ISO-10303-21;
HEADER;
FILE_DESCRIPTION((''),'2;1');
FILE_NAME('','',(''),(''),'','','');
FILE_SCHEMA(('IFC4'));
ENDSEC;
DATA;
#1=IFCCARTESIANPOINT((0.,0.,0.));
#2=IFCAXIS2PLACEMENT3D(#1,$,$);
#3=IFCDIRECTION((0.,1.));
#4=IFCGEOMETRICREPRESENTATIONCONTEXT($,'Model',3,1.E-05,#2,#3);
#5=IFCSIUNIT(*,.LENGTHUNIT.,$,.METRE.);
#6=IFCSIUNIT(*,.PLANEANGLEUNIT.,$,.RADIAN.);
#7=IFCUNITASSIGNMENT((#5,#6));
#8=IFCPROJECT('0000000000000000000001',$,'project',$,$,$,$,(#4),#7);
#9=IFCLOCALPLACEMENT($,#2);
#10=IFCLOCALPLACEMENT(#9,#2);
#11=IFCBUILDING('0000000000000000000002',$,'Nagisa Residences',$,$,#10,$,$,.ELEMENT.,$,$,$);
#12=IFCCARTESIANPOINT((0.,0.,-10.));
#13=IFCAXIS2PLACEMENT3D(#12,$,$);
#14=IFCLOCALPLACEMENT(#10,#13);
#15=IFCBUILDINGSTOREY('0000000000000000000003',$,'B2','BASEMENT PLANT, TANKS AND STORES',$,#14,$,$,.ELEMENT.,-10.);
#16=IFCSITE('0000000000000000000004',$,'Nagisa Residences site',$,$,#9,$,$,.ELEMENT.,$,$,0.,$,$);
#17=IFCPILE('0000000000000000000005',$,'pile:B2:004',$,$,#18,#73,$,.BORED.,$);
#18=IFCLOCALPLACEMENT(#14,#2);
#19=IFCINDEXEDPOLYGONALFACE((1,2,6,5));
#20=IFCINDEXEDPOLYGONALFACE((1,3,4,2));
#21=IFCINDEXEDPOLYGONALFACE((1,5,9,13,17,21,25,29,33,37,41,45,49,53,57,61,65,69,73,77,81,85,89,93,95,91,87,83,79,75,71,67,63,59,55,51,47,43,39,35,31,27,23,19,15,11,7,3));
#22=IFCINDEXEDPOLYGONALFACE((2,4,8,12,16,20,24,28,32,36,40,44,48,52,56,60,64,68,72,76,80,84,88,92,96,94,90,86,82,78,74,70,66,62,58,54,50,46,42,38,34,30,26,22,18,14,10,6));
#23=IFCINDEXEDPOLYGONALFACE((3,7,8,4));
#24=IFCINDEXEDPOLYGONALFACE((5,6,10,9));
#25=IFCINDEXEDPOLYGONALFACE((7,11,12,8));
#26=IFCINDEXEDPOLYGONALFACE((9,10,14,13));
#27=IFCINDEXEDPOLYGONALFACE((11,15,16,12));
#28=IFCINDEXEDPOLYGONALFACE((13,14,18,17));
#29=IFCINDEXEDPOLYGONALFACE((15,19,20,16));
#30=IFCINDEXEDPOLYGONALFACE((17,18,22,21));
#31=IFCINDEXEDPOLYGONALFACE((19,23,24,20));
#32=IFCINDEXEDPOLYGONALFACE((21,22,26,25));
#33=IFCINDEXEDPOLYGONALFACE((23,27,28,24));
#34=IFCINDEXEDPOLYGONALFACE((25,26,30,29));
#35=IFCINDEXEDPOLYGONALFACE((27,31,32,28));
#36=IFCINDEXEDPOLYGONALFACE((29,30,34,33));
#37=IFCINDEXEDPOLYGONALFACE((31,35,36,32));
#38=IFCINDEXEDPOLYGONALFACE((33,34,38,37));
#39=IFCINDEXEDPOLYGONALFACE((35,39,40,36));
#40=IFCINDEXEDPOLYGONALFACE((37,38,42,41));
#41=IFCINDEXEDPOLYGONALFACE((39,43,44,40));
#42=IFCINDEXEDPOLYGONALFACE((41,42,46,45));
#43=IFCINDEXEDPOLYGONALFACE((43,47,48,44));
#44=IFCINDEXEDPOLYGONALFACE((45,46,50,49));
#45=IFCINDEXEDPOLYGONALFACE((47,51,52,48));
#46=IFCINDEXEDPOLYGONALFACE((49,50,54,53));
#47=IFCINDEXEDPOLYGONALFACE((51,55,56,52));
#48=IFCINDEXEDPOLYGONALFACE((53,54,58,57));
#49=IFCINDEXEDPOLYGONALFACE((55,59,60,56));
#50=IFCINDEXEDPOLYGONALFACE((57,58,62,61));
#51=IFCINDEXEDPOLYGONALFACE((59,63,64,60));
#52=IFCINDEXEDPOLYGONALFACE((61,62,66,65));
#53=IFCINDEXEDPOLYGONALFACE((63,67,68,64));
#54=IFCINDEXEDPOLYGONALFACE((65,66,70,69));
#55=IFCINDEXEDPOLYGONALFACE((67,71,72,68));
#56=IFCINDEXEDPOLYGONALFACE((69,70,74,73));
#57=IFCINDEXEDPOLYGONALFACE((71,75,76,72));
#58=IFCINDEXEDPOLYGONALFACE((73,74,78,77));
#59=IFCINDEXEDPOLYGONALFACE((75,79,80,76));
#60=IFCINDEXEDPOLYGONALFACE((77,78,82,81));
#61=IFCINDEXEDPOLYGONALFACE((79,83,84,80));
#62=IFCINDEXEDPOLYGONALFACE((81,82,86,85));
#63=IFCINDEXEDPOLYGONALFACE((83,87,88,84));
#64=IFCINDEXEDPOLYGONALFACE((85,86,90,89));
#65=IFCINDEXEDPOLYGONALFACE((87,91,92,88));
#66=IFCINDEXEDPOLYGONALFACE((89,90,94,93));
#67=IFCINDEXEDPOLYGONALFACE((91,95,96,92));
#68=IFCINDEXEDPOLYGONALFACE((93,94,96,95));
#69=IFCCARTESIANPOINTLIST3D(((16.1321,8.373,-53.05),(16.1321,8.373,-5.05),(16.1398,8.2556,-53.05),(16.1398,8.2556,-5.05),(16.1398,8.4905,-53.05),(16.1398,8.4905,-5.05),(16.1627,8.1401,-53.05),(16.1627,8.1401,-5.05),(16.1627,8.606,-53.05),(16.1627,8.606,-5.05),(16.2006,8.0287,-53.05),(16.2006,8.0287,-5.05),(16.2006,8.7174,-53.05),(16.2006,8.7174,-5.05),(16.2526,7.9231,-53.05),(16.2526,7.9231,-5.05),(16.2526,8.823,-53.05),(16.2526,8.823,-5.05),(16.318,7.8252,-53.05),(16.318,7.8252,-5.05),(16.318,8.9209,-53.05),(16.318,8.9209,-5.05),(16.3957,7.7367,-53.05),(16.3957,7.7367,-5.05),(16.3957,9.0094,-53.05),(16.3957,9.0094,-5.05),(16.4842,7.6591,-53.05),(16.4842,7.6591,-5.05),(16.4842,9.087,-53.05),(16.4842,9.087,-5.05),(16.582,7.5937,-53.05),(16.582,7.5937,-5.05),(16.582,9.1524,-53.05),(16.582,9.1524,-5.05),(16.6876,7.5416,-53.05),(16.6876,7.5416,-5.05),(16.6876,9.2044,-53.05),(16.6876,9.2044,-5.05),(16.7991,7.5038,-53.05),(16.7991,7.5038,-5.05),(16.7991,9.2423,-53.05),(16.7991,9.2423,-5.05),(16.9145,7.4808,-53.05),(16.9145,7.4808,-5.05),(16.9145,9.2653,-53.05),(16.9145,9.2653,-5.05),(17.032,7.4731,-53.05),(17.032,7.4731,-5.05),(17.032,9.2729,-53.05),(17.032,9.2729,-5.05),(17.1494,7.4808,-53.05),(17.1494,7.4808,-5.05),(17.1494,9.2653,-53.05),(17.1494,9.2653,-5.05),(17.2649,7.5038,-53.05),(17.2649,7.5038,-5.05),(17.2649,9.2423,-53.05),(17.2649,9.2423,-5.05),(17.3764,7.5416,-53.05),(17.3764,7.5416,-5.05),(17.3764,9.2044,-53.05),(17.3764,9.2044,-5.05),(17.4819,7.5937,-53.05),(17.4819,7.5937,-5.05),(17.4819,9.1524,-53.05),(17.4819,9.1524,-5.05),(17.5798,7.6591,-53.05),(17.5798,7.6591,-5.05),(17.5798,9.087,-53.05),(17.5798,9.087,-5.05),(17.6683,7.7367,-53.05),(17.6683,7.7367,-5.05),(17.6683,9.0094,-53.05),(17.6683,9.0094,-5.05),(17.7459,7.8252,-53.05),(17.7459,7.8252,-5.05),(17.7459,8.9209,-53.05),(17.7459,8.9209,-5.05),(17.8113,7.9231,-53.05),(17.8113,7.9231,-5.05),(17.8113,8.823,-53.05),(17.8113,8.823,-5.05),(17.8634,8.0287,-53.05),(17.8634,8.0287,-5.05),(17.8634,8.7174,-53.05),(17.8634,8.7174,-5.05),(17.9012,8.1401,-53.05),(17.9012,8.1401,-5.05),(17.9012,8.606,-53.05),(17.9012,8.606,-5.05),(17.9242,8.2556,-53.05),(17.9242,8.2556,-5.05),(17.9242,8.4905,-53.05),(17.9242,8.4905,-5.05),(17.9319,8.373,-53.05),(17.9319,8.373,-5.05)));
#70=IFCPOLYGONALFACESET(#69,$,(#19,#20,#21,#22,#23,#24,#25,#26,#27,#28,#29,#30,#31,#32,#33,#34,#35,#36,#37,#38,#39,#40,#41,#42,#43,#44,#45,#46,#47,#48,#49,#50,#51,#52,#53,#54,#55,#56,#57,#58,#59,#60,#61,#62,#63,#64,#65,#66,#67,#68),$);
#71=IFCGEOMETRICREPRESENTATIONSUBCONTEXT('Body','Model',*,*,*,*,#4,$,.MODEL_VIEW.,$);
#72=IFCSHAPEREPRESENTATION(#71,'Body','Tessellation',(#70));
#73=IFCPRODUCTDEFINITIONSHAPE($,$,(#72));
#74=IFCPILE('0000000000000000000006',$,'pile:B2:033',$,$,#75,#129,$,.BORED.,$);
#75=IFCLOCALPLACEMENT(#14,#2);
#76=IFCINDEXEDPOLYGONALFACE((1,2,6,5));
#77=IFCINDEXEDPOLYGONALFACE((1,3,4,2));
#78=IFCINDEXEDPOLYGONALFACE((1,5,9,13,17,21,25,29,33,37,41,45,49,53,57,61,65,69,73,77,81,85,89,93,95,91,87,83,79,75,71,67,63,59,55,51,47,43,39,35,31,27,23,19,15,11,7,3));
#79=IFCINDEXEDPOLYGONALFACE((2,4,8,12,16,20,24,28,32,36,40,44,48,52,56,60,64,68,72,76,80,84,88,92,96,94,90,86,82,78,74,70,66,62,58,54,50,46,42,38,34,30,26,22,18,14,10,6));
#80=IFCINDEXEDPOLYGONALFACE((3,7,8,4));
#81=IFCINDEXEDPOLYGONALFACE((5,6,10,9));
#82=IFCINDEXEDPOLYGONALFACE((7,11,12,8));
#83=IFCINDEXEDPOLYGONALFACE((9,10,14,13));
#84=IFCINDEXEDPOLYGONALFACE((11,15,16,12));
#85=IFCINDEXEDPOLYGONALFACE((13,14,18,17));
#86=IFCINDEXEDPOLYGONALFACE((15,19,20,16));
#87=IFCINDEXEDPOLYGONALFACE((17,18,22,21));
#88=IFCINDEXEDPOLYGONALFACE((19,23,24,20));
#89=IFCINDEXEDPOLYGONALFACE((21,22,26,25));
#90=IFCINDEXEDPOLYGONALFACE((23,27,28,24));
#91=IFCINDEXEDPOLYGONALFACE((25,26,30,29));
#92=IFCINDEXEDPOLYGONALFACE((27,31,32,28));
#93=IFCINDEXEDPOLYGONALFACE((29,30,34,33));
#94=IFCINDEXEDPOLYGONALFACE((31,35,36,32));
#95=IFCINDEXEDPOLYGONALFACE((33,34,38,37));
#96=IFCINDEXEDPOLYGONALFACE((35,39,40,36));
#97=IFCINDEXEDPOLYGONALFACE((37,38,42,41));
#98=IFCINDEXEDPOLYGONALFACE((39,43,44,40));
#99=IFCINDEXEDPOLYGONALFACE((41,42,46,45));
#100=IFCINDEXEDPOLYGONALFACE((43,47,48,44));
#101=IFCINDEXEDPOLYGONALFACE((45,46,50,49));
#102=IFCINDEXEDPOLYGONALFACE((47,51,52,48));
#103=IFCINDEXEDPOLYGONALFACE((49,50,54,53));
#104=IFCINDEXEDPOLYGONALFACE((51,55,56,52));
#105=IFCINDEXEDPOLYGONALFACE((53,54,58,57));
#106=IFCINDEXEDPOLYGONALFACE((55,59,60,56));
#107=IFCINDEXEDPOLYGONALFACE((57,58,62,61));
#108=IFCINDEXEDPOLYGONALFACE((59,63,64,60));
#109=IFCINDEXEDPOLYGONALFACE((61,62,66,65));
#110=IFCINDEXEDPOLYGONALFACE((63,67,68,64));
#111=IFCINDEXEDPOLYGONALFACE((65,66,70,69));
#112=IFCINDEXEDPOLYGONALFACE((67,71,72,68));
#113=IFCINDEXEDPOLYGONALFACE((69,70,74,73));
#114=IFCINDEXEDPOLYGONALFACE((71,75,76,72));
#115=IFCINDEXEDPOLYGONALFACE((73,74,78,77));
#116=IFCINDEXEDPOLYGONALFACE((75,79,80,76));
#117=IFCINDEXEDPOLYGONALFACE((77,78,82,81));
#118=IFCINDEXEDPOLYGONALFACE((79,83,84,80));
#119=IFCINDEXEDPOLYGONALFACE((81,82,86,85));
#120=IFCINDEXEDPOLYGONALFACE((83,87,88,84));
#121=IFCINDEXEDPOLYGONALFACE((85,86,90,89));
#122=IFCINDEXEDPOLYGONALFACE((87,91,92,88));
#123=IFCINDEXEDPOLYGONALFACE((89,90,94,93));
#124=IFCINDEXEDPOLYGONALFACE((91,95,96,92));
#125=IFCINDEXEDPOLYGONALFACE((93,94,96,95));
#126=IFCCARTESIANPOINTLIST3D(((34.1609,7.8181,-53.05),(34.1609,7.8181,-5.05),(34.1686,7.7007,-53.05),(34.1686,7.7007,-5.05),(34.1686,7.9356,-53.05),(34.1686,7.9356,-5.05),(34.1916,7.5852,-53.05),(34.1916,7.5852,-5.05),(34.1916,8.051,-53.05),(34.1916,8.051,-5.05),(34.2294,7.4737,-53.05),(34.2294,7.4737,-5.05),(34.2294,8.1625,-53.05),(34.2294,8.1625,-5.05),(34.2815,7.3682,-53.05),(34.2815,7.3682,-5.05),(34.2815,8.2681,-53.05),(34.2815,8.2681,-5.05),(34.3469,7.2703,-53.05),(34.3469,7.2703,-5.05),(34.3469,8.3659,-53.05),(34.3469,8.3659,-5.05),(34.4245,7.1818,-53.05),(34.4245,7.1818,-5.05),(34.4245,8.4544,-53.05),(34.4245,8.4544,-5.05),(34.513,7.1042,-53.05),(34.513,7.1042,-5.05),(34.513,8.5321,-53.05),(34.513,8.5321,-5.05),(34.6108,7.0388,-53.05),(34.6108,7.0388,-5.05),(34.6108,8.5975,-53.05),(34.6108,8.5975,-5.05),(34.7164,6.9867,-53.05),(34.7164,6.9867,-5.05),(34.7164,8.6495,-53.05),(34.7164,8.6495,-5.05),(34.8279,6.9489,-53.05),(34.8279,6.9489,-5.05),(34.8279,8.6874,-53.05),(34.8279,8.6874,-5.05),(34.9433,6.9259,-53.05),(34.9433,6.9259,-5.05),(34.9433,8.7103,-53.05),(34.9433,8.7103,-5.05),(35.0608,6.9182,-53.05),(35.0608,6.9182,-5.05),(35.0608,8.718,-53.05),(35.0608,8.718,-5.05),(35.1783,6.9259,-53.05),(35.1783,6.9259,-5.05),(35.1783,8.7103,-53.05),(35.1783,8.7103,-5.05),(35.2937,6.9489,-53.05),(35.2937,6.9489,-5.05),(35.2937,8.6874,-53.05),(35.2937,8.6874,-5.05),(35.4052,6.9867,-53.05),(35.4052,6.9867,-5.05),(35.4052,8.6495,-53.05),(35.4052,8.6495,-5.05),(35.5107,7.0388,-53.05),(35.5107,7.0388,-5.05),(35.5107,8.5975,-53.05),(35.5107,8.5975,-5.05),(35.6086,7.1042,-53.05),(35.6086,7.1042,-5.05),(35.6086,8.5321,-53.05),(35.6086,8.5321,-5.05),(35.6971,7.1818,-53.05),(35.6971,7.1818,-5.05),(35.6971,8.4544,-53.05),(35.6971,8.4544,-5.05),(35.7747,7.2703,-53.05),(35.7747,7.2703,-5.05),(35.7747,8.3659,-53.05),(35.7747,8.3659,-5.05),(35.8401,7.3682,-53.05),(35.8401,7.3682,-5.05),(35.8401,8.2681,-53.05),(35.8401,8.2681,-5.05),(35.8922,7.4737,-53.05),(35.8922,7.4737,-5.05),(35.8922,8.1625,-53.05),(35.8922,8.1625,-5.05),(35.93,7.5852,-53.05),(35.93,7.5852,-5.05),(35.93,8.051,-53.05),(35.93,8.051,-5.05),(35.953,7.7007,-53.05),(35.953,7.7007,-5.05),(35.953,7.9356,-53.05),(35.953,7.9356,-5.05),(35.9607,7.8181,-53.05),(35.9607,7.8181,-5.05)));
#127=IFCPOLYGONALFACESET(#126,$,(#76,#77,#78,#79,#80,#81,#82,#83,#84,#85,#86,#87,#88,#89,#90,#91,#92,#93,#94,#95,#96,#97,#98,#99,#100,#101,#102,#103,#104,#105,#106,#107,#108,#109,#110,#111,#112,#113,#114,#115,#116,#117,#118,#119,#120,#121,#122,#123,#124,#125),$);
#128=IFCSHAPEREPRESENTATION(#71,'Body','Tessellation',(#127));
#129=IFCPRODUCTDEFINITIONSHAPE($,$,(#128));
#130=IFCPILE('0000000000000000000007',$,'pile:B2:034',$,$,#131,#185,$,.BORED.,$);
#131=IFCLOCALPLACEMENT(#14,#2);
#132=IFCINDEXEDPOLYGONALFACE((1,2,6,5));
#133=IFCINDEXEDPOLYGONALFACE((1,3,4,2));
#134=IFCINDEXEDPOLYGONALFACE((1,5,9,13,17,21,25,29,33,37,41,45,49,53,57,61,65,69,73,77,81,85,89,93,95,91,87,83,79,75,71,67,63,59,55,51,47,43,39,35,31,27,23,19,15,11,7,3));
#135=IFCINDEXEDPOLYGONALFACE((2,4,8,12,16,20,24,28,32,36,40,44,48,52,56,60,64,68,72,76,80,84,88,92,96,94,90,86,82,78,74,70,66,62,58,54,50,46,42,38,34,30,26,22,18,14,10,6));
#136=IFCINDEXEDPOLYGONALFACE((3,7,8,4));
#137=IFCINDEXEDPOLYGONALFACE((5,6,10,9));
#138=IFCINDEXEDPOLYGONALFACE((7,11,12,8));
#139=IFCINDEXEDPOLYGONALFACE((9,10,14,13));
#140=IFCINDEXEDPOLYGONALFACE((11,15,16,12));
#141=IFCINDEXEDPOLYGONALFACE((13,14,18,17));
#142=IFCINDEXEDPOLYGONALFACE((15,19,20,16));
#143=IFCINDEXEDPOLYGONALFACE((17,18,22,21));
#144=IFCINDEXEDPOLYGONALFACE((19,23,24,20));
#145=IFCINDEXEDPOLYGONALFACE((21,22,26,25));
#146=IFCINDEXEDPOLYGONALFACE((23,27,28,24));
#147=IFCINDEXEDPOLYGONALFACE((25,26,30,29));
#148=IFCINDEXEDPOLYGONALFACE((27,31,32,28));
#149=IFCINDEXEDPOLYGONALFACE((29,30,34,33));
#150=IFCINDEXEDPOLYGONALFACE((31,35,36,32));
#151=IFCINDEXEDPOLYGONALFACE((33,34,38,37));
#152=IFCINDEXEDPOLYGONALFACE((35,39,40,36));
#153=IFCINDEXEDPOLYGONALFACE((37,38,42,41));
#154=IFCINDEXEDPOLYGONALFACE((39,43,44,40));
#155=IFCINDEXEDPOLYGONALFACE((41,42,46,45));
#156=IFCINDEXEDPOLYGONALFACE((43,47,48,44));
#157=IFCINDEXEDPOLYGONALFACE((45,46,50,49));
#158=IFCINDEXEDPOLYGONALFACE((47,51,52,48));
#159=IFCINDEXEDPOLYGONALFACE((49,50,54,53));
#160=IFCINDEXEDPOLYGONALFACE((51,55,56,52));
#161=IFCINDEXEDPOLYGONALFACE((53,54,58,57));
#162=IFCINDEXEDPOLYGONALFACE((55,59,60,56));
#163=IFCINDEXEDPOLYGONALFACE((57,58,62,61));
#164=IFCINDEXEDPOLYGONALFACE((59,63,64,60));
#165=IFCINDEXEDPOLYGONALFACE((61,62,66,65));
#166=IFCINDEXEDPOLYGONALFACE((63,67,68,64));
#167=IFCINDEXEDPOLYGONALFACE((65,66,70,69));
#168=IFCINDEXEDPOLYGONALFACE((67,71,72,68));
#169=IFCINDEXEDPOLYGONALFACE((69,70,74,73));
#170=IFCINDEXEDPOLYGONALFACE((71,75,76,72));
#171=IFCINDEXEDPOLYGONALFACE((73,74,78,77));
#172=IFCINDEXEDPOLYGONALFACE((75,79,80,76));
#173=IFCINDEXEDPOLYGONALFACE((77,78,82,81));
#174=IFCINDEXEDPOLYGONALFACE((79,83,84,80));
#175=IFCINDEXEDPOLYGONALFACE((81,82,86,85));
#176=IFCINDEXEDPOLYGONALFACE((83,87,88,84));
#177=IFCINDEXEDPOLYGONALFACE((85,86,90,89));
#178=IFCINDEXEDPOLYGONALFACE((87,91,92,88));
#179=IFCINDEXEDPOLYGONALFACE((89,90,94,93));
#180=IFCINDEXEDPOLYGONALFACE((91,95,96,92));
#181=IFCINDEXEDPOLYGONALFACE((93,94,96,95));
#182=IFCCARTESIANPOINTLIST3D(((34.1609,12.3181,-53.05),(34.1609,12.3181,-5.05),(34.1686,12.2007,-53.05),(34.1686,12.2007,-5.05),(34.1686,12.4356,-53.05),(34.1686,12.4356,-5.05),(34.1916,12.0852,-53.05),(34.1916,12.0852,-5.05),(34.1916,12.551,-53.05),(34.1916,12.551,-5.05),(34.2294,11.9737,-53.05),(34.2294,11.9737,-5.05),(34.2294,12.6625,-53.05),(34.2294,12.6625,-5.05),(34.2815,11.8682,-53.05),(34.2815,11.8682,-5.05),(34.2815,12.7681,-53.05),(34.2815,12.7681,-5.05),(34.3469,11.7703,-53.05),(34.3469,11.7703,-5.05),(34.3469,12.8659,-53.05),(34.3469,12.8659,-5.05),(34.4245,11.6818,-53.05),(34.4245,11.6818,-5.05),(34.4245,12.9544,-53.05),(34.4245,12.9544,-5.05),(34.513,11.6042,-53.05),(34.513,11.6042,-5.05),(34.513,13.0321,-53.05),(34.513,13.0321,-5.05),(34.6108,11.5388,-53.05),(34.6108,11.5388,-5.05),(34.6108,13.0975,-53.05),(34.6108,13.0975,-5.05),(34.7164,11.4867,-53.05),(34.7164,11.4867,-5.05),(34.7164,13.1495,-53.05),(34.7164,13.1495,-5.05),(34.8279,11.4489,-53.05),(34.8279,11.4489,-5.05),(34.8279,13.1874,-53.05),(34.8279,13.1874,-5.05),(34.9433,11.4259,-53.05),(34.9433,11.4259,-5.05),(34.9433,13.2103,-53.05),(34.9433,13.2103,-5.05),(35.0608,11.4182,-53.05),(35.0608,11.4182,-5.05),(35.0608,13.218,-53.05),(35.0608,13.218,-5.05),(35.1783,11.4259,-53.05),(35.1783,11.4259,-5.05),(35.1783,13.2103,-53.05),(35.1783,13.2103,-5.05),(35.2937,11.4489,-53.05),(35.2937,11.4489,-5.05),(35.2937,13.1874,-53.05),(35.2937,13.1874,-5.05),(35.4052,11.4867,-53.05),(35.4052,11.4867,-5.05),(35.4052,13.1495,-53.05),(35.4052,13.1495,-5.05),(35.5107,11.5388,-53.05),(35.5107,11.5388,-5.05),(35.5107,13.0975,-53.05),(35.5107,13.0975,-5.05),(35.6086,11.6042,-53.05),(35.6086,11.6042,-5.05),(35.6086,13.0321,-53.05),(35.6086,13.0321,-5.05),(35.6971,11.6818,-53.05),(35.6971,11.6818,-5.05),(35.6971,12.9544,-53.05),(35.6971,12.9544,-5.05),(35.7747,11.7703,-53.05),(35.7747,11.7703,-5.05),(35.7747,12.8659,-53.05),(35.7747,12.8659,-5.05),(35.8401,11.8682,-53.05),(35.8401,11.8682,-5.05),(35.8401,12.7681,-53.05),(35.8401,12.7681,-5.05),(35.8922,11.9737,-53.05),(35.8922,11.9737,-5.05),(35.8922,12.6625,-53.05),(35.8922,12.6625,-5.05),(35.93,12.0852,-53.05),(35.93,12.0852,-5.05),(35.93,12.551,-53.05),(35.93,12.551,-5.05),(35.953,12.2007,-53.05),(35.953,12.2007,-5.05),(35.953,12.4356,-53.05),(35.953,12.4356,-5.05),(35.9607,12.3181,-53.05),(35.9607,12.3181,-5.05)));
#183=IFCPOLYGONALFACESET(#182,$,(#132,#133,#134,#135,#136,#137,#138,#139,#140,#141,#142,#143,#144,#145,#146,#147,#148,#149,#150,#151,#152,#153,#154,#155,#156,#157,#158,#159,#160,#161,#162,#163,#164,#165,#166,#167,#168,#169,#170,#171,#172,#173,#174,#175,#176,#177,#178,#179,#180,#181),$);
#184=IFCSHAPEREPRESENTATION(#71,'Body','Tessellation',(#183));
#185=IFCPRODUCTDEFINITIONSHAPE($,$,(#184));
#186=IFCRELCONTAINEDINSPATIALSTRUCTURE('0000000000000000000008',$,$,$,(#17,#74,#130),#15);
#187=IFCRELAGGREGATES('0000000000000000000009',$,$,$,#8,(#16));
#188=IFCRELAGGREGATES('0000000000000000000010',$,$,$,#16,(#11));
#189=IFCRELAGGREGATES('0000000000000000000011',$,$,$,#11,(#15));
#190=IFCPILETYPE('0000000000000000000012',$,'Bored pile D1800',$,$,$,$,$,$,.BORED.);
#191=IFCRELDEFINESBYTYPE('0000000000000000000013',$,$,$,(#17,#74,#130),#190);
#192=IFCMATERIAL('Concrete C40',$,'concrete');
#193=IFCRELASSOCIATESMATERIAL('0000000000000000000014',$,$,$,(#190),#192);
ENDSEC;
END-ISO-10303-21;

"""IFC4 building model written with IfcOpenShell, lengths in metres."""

from ifc_helpers import new_model, si_unit, direction, frame, origin, origin_2d, place, context, subcontext, project, spatial, circle, extrude, material, material_profile, profile_set, type_object, element, save


model = new_model("IFC4")

# Units and contexts
model_context = context("Model", 3, precision=1e-05, world=origin(), true_north=direction((0.0, 1.0)))
body_context = subcontext(model_context, "Body", "Model", "MODEL_VIEW")
ifc_project = project(units=[si_unit("LENGTHUNIT", "METRE"), si_unit("PLANEANGLEUNIT", "RADIAN")], contexts=[model_context])

# Site, building, storey
site_placement = place(None, origin())
site = spatial("IfcSite", under=ifc_project, at=site_placement, Name="Nagisa Residences site", CompositionType="ELEMENT", RefElevation=0.0)
building_placement = place(site_placement, origin())
building = spatial("IfcBuilding", under=site, at=building_placement, Name="Nagisa Residences", CompositionType="ELEMENT")
storey_placement = place(building_placement, frame((0.0, 0.0, -10.0)))
storey = spatial("IfcBuildingStorey", under=building, at=storey_placement, Name="B2", Description="BASEMENT PLANT, TANKS AND STORES", CompositionType="ELEMENT", Elevation=-10.0)

# Piles
ifc_material_1 = material(Name="Concrete C40", Category="concrete")
ifc_material_profile_1 = material_profile(ifc_material_1, circle(Radius=0.8999, at=origin_2d()), Name="Bored pile D1800")
ifc_profile_set_1 = profile_set([ifc_material_profile_1], Name="Concrete C40")
pile_type = type_object("IfcPileType", Name="Bored pile D1800", PredefinedType="BORED", material=ifc_profile_set_1)
for number, where, z_axis, x_axis, name in (
    (1, (17.032, 8.373, -5.05), (0.0, 0.0, -1.0), (1.0, 0.0, 0.0), "pile:B2:004"),
    (2, (35.0608, 7.8181, -5.05), (0.0, 0.0, -1.0), (1.0, 0.0, 0.0), "pile:B2:033"),
    (3, (35.0608, 12.3181, -5.05), (0.0, 0.0, -1.0), (1.0, 0.0, 0.0), "pile:B2:034"),
):
    element("IfcPile", number, at=place(storey_placement, frame(where, z_axis=z_axis, x_axis=x_axis)), inside=storey, type_object=pile_type, Name=name, PredefinedType="BORED", context=body_context, shape_type="SweptSolid", body=[
        extrude(circle(Radius=0.8999, at=origin_2d()), origin(), (0.0, 0.0, 1.0), 48.0),
    ])

save(model, "model.ifc")
